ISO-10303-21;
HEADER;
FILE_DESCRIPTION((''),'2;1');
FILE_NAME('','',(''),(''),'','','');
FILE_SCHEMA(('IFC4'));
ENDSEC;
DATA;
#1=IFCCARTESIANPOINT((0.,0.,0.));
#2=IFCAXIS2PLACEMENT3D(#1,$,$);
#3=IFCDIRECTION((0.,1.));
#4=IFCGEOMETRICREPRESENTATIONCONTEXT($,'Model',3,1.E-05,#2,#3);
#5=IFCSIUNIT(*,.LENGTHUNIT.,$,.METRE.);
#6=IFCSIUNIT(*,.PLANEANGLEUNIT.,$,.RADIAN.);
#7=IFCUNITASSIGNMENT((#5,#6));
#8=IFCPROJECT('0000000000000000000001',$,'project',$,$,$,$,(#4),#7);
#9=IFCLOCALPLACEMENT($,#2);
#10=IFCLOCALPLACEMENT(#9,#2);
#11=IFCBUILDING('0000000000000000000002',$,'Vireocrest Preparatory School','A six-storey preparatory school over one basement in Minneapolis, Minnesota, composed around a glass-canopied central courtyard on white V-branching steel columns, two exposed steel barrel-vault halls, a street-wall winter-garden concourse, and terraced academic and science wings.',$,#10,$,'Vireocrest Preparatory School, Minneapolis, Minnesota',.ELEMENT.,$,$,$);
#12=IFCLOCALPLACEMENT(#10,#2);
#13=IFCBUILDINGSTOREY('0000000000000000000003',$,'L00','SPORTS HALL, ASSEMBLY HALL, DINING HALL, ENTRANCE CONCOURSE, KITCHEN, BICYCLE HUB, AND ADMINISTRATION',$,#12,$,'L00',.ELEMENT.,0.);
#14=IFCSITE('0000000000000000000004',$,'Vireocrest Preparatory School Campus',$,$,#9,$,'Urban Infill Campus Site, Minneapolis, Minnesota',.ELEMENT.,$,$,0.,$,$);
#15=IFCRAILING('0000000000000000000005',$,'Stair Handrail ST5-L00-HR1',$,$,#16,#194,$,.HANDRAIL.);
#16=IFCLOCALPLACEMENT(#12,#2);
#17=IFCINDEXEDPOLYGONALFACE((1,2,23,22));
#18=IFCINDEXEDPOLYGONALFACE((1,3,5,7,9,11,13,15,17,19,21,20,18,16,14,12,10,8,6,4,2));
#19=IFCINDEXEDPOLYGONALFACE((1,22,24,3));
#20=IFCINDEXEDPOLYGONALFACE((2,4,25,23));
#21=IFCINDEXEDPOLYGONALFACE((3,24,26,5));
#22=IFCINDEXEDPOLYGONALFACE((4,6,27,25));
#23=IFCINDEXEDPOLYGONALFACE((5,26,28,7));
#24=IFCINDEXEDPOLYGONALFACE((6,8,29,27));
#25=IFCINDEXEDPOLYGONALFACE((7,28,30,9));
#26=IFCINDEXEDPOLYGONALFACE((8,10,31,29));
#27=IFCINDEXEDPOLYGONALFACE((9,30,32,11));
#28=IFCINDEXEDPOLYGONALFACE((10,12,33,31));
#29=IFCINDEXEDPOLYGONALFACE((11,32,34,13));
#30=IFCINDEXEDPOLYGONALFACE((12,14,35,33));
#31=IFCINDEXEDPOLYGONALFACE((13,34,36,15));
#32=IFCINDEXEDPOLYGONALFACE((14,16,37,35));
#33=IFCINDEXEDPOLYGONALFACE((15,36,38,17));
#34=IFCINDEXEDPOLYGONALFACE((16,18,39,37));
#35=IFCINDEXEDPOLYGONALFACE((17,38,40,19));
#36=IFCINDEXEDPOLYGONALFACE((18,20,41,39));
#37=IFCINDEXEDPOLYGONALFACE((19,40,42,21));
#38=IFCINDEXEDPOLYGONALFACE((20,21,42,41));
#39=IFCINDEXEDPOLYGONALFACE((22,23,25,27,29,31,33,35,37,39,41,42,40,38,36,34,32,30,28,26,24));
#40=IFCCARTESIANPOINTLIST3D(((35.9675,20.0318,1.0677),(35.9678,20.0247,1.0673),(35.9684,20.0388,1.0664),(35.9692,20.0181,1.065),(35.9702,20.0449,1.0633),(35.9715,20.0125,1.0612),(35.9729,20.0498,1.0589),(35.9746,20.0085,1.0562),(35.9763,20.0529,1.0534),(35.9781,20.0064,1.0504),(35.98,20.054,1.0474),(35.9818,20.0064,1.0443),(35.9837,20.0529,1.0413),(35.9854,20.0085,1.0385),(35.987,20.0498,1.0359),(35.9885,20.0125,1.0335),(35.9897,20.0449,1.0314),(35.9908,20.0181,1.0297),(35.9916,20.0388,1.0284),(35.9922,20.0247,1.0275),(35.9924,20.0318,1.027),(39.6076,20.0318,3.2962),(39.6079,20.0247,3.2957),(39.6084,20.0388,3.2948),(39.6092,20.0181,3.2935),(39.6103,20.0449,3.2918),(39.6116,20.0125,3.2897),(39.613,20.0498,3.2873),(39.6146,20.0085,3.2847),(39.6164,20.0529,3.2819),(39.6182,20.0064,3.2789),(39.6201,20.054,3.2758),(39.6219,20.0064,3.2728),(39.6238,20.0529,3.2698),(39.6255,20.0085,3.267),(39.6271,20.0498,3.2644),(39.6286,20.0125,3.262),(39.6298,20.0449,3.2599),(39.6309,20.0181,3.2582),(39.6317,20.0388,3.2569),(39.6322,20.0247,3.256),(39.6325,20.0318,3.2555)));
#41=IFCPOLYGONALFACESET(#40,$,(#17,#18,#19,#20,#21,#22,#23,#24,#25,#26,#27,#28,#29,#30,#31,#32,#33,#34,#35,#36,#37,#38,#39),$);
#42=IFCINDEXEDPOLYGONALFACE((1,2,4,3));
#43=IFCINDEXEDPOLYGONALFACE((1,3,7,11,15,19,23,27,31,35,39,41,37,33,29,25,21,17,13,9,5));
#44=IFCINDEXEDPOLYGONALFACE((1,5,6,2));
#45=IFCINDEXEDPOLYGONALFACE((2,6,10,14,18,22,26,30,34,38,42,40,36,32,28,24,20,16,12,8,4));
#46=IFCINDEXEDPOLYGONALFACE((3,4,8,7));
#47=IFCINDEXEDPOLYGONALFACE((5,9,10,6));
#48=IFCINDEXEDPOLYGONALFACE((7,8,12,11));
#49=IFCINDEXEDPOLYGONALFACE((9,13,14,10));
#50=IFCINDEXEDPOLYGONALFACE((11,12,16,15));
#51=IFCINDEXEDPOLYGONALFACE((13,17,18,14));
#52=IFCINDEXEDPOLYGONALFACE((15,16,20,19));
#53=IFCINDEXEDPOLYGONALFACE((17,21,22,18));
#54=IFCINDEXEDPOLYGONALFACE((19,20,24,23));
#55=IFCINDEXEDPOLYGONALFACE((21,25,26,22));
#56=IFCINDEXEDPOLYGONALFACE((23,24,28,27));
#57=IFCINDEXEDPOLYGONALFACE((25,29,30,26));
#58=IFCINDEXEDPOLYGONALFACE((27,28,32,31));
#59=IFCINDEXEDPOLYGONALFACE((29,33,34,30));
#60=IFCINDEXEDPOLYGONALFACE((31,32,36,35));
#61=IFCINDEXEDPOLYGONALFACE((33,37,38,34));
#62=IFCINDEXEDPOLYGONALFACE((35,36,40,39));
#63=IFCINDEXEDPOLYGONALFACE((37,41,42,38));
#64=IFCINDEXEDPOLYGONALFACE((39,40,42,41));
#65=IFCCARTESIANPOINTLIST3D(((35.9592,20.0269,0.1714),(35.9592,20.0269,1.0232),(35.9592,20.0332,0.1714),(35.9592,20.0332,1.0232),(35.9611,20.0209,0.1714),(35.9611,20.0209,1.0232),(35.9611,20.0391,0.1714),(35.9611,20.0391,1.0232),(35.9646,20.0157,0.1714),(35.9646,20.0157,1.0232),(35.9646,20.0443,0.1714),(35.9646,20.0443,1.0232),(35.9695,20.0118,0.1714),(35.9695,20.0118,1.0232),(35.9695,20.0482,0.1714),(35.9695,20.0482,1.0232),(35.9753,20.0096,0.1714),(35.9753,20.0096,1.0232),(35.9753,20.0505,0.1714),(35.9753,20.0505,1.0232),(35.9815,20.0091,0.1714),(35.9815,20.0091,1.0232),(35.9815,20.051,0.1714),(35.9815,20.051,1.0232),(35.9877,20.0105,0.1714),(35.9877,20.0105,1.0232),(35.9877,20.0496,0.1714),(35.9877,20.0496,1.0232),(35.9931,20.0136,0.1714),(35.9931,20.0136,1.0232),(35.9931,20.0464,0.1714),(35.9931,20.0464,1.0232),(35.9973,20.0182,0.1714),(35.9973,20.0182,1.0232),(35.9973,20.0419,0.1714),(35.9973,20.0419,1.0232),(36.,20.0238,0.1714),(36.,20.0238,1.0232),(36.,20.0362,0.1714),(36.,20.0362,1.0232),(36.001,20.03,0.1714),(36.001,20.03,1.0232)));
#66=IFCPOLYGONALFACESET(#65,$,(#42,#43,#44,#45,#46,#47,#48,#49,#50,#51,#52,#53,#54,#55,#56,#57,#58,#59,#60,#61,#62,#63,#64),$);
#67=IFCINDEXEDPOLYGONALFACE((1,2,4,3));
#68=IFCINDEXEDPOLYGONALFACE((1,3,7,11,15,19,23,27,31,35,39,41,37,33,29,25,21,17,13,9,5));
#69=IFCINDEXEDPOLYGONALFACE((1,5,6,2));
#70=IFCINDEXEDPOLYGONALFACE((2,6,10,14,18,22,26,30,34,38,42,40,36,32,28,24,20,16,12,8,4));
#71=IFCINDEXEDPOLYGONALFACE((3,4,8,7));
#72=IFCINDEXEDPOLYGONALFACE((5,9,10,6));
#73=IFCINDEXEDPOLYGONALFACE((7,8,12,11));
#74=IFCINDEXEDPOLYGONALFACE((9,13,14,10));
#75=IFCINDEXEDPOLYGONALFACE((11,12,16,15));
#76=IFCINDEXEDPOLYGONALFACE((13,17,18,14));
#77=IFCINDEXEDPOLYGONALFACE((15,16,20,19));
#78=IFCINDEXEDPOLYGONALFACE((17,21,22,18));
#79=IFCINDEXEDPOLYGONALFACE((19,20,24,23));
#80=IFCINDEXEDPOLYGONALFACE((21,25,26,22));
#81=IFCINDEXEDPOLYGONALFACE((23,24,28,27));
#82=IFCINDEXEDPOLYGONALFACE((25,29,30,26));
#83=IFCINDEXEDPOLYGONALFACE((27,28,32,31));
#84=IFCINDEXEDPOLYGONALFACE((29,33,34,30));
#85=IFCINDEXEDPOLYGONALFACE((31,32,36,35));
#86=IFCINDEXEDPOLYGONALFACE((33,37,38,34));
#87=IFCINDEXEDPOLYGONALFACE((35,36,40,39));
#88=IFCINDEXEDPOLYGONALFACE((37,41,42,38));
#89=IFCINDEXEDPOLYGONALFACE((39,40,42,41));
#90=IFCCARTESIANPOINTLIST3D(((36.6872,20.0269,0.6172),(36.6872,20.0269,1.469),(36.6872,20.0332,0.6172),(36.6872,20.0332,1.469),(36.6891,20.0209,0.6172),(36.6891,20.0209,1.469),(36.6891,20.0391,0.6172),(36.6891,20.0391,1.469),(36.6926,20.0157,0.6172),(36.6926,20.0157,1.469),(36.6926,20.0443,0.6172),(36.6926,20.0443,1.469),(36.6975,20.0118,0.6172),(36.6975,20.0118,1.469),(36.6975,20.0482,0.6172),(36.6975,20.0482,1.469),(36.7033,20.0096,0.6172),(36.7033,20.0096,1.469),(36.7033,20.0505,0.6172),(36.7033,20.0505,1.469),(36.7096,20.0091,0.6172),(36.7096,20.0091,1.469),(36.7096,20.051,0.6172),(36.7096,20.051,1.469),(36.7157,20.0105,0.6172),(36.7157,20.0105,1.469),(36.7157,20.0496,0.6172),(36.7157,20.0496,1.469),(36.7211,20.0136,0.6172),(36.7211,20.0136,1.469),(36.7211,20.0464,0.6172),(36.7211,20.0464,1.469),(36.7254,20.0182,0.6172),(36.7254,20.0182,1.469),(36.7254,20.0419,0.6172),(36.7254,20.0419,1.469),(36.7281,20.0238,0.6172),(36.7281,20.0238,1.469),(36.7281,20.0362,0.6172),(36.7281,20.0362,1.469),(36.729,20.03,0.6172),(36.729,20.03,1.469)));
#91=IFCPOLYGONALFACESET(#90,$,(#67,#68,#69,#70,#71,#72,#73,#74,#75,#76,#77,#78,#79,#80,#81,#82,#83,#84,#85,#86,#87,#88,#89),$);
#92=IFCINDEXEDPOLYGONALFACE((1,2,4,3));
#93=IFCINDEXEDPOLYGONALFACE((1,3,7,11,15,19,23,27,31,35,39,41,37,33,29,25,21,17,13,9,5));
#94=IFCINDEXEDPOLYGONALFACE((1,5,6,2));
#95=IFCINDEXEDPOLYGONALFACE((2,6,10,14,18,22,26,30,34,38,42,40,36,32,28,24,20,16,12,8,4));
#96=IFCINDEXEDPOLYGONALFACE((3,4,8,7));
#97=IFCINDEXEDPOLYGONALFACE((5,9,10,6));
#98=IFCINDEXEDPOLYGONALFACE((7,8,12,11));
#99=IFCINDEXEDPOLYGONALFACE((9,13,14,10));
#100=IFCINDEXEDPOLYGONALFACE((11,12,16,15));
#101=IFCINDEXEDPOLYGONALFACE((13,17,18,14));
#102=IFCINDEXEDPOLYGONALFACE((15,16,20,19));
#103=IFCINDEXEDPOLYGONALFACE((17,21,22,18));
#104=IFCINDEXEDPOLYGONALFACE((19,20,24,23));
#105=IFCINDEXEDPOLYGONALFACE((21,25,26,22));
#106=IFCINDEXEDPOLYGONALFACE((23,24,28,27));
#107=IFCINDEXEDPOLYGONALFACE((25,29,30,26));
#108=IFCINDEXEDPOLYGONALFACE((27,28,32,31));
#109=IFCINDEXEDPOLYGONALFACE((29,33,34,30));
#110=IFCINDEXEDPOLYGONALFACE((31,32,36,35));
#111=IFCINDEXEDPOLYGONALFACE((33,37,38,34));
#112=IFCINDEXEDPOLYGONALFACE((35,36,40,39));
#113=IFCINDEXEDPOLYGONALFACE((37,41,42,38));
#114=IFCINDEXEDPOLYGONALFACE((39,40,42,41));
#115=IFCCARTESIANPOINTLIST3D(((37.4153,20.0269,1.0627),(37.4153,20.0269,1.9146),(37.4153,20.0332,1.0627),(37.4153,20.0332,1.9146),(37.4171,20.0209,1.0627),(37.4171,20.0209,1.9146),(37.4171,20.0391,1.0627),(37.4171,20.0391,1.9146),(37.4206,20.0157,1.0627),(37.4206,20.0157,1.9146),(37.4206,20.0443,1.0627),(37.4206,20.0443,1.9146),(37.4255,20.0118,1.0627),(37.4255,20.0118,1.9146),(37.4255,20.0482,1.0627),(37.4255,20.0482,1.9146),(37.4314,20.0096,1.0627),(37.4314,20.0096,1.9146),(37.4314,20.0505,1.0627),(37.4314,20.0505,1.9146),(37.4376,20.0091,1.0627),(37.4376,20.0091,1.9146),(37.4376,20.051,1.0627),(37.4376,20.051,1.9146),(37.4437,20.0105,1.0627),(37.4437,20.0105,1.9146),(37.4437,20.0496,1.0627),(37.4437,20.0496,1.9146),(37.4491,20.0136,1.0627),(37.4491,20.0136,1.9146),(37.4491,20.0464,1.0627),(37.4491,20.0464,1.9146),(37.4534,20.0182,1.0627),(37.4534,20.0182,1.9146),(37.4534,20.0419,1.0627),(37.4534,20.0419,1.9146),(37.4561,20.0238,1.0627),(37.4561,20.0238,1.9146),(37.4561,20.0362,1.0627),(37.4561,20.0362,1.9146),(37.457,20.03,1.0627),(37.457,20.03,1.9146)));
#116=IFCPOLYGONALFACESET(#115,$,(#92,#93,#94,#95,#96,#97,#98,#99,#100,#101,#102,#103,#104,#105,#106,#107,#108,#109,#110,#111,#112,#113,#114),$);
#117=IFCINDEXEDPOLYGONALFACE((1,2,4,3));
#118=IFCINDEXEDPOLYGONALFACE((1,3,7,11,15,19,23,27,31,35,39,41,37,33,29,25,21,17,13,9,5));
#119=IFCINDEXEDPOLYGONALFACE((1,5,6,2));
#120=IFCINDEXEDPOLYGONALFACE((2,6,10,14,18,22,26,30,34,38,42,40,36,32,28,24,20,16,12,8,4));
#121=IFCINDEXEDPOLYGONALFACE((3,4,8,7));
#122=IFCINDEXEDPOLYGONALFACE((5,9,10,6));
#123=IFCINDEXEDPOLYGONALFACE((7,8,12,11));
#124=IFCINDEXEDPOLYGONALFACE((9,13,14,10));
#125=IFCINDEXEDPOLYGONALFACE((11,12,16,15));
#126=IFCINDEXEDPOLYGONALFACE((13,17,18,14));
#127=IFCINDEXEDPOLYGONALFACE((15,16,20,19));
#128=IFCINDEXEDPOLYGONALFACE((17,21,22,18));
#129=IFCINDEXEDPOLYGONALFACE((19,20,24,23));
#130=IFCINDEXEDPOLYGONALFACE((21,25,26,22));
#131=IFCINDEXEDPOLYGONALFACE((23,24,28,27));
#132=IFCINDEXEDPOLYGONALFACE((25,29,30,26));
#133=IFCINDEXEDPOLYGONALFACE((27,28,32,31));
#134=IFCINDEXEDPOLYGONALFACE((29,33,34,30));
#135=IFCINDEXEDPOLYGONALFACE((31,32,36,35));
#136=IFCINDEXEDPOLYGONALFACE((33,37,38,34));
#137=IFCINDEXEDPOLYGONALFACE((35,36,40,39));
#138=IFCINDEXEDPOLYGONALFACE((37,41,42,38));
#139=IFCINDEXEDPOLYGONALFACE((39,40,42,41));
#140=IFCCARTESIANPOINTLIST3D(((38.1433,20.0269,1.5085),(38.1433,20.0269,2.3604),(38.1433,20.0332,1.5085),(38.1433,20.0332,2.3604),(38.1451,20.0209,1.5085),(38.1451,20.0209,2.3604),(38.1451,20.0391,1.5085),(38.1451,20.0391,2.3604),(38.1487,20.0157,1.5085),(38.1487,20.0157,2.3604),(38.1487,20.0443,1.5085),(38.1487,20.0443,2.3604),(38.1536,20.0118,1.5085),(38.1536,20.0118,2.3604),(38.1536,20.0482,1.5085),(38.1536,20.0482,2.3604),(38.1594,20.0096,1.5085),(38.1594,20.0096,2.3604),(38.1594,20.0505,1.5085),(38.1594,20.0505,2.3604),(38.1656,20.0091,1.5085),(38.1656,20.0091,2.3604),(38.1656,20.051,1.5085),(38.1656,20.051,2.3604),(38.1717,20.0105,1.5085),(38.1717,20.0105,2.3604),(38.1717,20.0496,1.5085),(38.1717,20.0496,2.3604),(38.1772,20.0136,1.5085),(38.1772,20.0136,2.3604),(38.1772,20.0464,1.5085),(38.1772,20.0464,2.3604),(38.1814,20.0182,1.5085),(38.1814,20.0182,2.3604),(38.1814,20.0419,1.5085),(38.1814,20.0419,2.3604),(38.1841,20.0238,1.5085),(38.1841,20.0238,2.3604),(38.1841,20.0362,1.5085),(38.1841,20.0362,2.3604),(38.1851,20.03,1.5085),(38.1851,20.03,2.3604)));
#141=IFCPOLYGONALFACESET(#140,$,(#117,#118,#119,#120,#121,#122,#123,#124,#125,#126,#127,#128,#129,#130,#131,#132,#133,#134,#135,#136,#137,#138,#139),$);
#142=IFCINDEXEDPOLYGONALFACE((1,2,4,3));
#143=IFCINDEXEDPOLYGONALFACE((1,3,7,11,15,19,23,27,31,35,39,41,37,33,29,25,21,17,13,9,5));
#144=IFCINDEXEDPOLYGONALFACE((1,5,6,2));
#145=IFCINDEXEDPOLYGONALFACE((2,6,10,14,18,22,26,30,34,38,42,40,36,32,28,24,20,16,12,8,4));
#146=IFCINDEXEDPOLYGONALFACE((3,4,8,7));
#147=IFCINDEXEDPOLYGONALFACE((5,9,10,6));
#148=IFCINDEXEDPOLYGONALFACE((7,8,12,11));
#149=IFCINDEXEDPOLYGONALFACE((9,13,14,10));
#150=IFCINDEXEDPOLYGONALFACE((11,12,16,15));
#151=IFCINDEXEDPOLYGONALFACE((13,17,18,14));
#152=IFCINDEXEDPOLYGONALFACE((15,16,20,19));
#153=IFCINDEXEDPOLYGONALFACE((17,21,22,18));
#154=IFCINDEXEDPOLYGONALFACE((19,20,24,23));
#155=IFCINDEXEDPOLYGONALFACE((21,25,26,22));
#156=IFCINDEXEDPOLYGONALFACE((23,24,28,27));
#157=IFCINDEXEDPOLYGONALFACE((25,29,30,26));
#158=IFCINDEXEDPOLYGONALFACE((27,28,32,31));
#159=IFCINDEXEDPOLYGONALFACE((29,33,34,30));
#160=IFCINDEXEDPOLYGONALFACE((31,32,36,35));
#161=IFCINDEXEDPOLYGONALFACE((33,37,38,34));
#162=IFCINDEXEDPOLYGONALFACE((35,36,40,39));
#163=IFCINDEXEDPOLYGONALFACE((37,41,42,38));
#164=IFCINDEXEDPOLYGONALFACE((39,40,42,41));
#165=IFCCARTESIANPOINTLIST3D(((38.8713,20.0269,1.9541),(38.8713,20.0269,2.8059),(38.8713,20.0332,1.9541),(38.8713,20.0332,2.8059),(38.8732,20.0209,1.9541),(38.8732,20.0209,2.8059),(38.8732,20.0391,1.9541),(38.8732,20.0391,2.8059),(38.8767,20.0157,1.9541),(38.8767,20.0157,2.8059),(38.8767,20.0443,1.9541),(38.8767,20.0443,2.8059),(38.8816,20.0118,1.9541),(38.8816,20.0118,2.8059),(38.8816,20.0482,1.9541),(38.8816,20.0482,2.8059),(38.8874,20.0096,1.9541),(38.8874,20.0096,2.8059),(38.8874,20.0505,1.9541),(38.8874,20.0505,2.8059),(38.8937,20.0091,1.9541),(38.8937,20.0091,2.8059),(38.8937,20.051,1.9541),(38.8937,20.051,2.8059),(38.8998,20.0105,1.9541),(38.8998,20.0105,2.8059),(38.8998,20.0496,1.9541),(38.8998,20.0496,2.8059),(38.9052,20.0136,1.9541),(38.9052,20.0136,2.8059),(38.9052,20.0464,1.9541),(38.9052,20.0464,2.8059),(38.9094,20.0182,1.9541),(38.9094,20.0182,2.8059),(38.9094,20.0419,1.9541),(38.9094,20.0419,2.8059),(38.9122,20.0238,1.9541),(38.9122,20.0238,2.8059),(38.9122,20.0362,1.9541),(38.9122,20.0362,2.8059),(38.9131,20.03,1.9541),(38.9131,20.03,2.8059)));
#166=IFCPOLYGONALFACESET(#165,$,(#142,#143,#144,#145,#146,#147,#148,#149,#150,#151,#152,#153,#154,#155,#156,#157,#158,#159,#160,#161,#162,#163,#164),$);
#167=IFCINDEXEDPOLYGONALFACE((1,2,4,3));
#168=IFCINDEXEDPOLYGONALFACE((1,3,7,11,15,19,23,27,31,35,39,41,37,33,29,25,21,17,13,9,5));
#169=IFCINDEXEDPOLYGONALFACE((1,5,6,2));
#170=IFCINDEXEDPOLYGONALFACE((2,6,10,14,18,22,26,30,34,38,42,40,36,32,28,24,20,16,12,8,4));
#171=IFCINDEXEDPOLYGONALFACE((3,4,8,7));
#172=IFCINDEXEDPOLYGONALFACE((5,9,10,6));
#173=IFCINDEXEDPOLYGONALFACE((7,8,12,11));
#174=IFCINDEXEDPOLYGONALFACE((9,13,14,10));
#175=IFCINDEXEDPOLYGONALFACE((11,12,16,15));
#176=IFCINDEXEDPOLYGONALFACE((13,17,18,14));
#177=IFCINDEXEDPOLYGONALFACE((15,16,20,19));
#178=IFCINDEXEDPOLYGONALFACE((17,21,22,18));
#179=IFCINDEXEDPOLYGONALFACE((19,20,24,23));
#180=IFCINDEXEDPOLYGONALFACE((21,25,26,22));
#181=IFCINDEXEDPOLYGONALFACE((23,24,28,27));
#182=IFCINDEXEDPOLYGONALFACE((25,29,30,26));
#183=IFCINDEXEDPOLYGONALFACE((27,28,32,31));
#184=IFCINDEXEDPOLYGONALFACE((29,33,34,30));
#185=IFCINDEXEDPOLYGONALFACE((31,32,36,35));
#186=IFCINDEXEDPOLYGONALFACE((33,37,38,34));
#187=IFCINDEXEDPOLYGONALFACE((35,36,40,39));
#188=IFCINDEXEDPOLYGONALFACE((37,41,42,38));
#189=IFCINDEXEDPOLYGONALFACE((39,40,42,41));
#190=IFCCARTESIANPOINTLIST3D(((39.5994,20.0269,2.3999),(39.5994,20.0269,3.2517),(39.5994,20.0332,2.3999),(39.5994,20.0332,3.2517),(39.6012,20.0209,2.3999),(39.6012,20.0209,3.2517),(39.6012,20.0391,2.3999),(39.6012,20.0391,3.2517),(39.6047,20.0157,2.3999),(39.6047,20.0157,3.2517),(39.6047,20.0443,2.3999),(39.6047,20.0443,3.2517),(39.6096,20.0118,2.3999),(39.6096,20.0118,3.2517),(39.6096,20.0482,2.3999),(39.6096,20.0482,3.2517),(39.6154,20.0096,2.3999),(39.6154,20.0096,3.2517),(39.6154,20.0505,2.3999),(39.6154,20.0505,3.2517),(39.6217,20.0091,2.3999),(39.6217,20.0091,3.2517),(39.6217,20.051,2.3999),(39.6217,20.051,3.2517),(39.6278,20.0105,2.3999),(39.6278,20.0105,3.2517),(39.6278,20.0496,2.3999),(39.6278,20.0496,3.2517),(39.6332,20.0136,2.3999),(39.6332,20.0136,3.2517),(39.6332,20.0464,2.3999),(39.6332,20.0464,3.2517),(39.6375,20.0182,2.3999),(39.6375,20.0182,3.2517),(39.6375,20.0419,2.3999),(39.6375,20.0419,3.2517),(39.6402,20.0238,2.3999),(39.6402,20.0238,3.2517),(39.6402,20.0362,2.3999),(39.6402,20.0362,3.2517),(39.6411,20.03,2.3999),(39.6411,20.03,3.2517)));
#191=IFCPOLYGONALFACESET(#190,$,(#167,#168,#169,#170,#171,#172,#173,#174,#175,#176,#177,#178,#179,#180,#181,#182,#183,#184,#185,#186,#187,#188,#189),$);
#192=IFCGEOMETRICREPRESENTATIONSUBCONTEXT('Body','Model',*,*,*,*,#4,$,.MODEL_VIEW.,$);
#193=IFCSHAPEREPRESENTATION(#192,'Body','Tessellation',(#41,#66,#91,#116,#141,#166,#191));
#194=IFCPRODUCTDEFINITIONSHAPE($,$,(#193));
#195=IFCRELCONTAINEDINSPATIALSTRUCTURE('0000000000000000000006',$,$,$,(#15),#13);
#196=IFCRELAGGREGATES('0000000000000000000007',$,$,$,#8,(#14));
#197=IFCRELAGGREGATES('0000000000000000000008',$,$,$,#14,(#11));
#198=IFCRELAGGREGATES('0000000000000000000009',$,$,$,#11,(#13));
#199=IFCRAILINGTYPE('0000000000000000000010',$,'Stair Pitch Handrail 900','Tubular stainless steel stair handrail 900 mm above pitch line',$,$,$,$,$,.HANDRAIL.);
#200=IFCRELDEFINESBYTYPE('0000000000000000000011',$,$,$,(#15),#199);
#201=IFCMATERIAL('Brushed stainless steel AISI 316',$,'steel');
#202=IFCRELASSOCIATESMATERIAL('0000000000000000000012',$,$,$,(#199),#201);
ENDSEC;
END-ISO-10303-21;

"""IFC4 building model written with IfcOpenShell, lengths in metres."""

from ifc_helpers import new_model, si_unit, direction, frame, origin, origin_2d, place, context, subcontext, project, spatial, circle, extrude, material, type_object, element, save


model = new_model("IFC4")

# Units and contexts
model_context = context("Model", 3, precision=1e-05, world=origin(), true_north=direction((0.0, 1.0)))
body_context = subcontext(model_context, "Body", "Model", "MODEL_VIEW")
ifc_project = project(units=[si_unit("LENGTHUNIT", "METRE"), si_unit("PLANEANGLEUNIT", "RADIAN")], contexts=[model_context])

# Site, building, storey
site_placement = place(None, origin())
site = spatial("IfcSite", under=ifc_project, at=site_placement, Name="Vireocrest Preparatory School Campus", LongName="Urban Infill Campus Site, Minneapolis, Minnesota", CompositionType="ELEMENT", RefElevation=0.0)
building_placement = place(site_placement, origin())
building = spatial("IfcBuilding", under=site, at=building_placement, Name="Vireocrest Preparatory School", Description="A six-storey preparatory school over one basement in Minneapolis, Minnesota, composed around a glass-canopied central courtyard on white V-branching steel columns, two exposed steel barrel-vault halls, a street-wall winter-garden concourse, and terraced academic and science wings.", LongName="Vireocrest Preparatory School, Minneapolis, Minnesota", CompositionType="ELEMENT")
storey_placement = place(building_placement, origin())
storey = spatial("IfcBuildingStorey", under=building, at=storey_placement, Name="L00", Description="SPORTS HALL, ASSEMBLY HALL, DINING HALL, ENTRANCE CONCOURSE, KITCHEN, BICYCLE HUB, AND ADMINISTRATION", LongName="L00", CompositionType="ELEMENT", Elevation=0.0)

# Railing
ifc_material_1 = material(Name="Brushed stainless steel AISI 316", Category="steel")
railing_type_1 = type_object("IfcRailingType", Name="Stair Pitch Handrail 900", Description="Tubular stainless steel stair handrail 900 mm above pitch line", PredefinedType="HANDRAIL", material=ifc_material_1)
railing_1_placement = place(storey_placement, frame((35.98, 20.03, 0.1714)))
element("IfcRailing", 1, at=railing_1_placement, inside=storey, type_object=railing_type_1, Name="Stair Handrail ST5-L00-HR1", PredefinedType="HANDRAIL", context=body_context, shape_type="SweptSolid", body=[
    extrude(circle(Radius=0.0239, at=origin_2d()), frame((0.0, 0.0, 0.876), z_axis=(0.852866, 0.0, 0.52213), x_axis=(0.0, 1.0, 0.0)), (0.0, 0.0, 1.0), 4.2681),
    extrude(circle(Radius=0.021, at=origin_2d()), origin(), (0.0, 0.0, 1.0), 0.8518),
    extrude(circle(Radius=0.021, at=origin_2d()), frame((0.728, 0.0, 0.4458)), (0.0, 0.0, 1.0), 0.8518),
    extrude(circle(Radius=0.021, at=origin_2d()), frame((1.4561, 0.0, 0.8914)), (0.0, 0.0, 1.0), 0.8518),
    extrude(circle(Radius=0.021, at=origin_2d()), frame((2.1841, 0.0, 1.3372)), (0.0, 0.0, 1.0), 0.8518),
    extrude(circle(Radius=0.021, at=origin_2d()), frame((2.9121, 0.0, 1.7827)), (0.0, 0.0, 1.0), 0.8518),
    extrude(circle(Radius=0.021, at=origin_2d()), frame((3.6401, 0.0, 2.2285)), (0.0, 0.0, 1.0), 0.8518),
])

save(model, "model.ifc")
